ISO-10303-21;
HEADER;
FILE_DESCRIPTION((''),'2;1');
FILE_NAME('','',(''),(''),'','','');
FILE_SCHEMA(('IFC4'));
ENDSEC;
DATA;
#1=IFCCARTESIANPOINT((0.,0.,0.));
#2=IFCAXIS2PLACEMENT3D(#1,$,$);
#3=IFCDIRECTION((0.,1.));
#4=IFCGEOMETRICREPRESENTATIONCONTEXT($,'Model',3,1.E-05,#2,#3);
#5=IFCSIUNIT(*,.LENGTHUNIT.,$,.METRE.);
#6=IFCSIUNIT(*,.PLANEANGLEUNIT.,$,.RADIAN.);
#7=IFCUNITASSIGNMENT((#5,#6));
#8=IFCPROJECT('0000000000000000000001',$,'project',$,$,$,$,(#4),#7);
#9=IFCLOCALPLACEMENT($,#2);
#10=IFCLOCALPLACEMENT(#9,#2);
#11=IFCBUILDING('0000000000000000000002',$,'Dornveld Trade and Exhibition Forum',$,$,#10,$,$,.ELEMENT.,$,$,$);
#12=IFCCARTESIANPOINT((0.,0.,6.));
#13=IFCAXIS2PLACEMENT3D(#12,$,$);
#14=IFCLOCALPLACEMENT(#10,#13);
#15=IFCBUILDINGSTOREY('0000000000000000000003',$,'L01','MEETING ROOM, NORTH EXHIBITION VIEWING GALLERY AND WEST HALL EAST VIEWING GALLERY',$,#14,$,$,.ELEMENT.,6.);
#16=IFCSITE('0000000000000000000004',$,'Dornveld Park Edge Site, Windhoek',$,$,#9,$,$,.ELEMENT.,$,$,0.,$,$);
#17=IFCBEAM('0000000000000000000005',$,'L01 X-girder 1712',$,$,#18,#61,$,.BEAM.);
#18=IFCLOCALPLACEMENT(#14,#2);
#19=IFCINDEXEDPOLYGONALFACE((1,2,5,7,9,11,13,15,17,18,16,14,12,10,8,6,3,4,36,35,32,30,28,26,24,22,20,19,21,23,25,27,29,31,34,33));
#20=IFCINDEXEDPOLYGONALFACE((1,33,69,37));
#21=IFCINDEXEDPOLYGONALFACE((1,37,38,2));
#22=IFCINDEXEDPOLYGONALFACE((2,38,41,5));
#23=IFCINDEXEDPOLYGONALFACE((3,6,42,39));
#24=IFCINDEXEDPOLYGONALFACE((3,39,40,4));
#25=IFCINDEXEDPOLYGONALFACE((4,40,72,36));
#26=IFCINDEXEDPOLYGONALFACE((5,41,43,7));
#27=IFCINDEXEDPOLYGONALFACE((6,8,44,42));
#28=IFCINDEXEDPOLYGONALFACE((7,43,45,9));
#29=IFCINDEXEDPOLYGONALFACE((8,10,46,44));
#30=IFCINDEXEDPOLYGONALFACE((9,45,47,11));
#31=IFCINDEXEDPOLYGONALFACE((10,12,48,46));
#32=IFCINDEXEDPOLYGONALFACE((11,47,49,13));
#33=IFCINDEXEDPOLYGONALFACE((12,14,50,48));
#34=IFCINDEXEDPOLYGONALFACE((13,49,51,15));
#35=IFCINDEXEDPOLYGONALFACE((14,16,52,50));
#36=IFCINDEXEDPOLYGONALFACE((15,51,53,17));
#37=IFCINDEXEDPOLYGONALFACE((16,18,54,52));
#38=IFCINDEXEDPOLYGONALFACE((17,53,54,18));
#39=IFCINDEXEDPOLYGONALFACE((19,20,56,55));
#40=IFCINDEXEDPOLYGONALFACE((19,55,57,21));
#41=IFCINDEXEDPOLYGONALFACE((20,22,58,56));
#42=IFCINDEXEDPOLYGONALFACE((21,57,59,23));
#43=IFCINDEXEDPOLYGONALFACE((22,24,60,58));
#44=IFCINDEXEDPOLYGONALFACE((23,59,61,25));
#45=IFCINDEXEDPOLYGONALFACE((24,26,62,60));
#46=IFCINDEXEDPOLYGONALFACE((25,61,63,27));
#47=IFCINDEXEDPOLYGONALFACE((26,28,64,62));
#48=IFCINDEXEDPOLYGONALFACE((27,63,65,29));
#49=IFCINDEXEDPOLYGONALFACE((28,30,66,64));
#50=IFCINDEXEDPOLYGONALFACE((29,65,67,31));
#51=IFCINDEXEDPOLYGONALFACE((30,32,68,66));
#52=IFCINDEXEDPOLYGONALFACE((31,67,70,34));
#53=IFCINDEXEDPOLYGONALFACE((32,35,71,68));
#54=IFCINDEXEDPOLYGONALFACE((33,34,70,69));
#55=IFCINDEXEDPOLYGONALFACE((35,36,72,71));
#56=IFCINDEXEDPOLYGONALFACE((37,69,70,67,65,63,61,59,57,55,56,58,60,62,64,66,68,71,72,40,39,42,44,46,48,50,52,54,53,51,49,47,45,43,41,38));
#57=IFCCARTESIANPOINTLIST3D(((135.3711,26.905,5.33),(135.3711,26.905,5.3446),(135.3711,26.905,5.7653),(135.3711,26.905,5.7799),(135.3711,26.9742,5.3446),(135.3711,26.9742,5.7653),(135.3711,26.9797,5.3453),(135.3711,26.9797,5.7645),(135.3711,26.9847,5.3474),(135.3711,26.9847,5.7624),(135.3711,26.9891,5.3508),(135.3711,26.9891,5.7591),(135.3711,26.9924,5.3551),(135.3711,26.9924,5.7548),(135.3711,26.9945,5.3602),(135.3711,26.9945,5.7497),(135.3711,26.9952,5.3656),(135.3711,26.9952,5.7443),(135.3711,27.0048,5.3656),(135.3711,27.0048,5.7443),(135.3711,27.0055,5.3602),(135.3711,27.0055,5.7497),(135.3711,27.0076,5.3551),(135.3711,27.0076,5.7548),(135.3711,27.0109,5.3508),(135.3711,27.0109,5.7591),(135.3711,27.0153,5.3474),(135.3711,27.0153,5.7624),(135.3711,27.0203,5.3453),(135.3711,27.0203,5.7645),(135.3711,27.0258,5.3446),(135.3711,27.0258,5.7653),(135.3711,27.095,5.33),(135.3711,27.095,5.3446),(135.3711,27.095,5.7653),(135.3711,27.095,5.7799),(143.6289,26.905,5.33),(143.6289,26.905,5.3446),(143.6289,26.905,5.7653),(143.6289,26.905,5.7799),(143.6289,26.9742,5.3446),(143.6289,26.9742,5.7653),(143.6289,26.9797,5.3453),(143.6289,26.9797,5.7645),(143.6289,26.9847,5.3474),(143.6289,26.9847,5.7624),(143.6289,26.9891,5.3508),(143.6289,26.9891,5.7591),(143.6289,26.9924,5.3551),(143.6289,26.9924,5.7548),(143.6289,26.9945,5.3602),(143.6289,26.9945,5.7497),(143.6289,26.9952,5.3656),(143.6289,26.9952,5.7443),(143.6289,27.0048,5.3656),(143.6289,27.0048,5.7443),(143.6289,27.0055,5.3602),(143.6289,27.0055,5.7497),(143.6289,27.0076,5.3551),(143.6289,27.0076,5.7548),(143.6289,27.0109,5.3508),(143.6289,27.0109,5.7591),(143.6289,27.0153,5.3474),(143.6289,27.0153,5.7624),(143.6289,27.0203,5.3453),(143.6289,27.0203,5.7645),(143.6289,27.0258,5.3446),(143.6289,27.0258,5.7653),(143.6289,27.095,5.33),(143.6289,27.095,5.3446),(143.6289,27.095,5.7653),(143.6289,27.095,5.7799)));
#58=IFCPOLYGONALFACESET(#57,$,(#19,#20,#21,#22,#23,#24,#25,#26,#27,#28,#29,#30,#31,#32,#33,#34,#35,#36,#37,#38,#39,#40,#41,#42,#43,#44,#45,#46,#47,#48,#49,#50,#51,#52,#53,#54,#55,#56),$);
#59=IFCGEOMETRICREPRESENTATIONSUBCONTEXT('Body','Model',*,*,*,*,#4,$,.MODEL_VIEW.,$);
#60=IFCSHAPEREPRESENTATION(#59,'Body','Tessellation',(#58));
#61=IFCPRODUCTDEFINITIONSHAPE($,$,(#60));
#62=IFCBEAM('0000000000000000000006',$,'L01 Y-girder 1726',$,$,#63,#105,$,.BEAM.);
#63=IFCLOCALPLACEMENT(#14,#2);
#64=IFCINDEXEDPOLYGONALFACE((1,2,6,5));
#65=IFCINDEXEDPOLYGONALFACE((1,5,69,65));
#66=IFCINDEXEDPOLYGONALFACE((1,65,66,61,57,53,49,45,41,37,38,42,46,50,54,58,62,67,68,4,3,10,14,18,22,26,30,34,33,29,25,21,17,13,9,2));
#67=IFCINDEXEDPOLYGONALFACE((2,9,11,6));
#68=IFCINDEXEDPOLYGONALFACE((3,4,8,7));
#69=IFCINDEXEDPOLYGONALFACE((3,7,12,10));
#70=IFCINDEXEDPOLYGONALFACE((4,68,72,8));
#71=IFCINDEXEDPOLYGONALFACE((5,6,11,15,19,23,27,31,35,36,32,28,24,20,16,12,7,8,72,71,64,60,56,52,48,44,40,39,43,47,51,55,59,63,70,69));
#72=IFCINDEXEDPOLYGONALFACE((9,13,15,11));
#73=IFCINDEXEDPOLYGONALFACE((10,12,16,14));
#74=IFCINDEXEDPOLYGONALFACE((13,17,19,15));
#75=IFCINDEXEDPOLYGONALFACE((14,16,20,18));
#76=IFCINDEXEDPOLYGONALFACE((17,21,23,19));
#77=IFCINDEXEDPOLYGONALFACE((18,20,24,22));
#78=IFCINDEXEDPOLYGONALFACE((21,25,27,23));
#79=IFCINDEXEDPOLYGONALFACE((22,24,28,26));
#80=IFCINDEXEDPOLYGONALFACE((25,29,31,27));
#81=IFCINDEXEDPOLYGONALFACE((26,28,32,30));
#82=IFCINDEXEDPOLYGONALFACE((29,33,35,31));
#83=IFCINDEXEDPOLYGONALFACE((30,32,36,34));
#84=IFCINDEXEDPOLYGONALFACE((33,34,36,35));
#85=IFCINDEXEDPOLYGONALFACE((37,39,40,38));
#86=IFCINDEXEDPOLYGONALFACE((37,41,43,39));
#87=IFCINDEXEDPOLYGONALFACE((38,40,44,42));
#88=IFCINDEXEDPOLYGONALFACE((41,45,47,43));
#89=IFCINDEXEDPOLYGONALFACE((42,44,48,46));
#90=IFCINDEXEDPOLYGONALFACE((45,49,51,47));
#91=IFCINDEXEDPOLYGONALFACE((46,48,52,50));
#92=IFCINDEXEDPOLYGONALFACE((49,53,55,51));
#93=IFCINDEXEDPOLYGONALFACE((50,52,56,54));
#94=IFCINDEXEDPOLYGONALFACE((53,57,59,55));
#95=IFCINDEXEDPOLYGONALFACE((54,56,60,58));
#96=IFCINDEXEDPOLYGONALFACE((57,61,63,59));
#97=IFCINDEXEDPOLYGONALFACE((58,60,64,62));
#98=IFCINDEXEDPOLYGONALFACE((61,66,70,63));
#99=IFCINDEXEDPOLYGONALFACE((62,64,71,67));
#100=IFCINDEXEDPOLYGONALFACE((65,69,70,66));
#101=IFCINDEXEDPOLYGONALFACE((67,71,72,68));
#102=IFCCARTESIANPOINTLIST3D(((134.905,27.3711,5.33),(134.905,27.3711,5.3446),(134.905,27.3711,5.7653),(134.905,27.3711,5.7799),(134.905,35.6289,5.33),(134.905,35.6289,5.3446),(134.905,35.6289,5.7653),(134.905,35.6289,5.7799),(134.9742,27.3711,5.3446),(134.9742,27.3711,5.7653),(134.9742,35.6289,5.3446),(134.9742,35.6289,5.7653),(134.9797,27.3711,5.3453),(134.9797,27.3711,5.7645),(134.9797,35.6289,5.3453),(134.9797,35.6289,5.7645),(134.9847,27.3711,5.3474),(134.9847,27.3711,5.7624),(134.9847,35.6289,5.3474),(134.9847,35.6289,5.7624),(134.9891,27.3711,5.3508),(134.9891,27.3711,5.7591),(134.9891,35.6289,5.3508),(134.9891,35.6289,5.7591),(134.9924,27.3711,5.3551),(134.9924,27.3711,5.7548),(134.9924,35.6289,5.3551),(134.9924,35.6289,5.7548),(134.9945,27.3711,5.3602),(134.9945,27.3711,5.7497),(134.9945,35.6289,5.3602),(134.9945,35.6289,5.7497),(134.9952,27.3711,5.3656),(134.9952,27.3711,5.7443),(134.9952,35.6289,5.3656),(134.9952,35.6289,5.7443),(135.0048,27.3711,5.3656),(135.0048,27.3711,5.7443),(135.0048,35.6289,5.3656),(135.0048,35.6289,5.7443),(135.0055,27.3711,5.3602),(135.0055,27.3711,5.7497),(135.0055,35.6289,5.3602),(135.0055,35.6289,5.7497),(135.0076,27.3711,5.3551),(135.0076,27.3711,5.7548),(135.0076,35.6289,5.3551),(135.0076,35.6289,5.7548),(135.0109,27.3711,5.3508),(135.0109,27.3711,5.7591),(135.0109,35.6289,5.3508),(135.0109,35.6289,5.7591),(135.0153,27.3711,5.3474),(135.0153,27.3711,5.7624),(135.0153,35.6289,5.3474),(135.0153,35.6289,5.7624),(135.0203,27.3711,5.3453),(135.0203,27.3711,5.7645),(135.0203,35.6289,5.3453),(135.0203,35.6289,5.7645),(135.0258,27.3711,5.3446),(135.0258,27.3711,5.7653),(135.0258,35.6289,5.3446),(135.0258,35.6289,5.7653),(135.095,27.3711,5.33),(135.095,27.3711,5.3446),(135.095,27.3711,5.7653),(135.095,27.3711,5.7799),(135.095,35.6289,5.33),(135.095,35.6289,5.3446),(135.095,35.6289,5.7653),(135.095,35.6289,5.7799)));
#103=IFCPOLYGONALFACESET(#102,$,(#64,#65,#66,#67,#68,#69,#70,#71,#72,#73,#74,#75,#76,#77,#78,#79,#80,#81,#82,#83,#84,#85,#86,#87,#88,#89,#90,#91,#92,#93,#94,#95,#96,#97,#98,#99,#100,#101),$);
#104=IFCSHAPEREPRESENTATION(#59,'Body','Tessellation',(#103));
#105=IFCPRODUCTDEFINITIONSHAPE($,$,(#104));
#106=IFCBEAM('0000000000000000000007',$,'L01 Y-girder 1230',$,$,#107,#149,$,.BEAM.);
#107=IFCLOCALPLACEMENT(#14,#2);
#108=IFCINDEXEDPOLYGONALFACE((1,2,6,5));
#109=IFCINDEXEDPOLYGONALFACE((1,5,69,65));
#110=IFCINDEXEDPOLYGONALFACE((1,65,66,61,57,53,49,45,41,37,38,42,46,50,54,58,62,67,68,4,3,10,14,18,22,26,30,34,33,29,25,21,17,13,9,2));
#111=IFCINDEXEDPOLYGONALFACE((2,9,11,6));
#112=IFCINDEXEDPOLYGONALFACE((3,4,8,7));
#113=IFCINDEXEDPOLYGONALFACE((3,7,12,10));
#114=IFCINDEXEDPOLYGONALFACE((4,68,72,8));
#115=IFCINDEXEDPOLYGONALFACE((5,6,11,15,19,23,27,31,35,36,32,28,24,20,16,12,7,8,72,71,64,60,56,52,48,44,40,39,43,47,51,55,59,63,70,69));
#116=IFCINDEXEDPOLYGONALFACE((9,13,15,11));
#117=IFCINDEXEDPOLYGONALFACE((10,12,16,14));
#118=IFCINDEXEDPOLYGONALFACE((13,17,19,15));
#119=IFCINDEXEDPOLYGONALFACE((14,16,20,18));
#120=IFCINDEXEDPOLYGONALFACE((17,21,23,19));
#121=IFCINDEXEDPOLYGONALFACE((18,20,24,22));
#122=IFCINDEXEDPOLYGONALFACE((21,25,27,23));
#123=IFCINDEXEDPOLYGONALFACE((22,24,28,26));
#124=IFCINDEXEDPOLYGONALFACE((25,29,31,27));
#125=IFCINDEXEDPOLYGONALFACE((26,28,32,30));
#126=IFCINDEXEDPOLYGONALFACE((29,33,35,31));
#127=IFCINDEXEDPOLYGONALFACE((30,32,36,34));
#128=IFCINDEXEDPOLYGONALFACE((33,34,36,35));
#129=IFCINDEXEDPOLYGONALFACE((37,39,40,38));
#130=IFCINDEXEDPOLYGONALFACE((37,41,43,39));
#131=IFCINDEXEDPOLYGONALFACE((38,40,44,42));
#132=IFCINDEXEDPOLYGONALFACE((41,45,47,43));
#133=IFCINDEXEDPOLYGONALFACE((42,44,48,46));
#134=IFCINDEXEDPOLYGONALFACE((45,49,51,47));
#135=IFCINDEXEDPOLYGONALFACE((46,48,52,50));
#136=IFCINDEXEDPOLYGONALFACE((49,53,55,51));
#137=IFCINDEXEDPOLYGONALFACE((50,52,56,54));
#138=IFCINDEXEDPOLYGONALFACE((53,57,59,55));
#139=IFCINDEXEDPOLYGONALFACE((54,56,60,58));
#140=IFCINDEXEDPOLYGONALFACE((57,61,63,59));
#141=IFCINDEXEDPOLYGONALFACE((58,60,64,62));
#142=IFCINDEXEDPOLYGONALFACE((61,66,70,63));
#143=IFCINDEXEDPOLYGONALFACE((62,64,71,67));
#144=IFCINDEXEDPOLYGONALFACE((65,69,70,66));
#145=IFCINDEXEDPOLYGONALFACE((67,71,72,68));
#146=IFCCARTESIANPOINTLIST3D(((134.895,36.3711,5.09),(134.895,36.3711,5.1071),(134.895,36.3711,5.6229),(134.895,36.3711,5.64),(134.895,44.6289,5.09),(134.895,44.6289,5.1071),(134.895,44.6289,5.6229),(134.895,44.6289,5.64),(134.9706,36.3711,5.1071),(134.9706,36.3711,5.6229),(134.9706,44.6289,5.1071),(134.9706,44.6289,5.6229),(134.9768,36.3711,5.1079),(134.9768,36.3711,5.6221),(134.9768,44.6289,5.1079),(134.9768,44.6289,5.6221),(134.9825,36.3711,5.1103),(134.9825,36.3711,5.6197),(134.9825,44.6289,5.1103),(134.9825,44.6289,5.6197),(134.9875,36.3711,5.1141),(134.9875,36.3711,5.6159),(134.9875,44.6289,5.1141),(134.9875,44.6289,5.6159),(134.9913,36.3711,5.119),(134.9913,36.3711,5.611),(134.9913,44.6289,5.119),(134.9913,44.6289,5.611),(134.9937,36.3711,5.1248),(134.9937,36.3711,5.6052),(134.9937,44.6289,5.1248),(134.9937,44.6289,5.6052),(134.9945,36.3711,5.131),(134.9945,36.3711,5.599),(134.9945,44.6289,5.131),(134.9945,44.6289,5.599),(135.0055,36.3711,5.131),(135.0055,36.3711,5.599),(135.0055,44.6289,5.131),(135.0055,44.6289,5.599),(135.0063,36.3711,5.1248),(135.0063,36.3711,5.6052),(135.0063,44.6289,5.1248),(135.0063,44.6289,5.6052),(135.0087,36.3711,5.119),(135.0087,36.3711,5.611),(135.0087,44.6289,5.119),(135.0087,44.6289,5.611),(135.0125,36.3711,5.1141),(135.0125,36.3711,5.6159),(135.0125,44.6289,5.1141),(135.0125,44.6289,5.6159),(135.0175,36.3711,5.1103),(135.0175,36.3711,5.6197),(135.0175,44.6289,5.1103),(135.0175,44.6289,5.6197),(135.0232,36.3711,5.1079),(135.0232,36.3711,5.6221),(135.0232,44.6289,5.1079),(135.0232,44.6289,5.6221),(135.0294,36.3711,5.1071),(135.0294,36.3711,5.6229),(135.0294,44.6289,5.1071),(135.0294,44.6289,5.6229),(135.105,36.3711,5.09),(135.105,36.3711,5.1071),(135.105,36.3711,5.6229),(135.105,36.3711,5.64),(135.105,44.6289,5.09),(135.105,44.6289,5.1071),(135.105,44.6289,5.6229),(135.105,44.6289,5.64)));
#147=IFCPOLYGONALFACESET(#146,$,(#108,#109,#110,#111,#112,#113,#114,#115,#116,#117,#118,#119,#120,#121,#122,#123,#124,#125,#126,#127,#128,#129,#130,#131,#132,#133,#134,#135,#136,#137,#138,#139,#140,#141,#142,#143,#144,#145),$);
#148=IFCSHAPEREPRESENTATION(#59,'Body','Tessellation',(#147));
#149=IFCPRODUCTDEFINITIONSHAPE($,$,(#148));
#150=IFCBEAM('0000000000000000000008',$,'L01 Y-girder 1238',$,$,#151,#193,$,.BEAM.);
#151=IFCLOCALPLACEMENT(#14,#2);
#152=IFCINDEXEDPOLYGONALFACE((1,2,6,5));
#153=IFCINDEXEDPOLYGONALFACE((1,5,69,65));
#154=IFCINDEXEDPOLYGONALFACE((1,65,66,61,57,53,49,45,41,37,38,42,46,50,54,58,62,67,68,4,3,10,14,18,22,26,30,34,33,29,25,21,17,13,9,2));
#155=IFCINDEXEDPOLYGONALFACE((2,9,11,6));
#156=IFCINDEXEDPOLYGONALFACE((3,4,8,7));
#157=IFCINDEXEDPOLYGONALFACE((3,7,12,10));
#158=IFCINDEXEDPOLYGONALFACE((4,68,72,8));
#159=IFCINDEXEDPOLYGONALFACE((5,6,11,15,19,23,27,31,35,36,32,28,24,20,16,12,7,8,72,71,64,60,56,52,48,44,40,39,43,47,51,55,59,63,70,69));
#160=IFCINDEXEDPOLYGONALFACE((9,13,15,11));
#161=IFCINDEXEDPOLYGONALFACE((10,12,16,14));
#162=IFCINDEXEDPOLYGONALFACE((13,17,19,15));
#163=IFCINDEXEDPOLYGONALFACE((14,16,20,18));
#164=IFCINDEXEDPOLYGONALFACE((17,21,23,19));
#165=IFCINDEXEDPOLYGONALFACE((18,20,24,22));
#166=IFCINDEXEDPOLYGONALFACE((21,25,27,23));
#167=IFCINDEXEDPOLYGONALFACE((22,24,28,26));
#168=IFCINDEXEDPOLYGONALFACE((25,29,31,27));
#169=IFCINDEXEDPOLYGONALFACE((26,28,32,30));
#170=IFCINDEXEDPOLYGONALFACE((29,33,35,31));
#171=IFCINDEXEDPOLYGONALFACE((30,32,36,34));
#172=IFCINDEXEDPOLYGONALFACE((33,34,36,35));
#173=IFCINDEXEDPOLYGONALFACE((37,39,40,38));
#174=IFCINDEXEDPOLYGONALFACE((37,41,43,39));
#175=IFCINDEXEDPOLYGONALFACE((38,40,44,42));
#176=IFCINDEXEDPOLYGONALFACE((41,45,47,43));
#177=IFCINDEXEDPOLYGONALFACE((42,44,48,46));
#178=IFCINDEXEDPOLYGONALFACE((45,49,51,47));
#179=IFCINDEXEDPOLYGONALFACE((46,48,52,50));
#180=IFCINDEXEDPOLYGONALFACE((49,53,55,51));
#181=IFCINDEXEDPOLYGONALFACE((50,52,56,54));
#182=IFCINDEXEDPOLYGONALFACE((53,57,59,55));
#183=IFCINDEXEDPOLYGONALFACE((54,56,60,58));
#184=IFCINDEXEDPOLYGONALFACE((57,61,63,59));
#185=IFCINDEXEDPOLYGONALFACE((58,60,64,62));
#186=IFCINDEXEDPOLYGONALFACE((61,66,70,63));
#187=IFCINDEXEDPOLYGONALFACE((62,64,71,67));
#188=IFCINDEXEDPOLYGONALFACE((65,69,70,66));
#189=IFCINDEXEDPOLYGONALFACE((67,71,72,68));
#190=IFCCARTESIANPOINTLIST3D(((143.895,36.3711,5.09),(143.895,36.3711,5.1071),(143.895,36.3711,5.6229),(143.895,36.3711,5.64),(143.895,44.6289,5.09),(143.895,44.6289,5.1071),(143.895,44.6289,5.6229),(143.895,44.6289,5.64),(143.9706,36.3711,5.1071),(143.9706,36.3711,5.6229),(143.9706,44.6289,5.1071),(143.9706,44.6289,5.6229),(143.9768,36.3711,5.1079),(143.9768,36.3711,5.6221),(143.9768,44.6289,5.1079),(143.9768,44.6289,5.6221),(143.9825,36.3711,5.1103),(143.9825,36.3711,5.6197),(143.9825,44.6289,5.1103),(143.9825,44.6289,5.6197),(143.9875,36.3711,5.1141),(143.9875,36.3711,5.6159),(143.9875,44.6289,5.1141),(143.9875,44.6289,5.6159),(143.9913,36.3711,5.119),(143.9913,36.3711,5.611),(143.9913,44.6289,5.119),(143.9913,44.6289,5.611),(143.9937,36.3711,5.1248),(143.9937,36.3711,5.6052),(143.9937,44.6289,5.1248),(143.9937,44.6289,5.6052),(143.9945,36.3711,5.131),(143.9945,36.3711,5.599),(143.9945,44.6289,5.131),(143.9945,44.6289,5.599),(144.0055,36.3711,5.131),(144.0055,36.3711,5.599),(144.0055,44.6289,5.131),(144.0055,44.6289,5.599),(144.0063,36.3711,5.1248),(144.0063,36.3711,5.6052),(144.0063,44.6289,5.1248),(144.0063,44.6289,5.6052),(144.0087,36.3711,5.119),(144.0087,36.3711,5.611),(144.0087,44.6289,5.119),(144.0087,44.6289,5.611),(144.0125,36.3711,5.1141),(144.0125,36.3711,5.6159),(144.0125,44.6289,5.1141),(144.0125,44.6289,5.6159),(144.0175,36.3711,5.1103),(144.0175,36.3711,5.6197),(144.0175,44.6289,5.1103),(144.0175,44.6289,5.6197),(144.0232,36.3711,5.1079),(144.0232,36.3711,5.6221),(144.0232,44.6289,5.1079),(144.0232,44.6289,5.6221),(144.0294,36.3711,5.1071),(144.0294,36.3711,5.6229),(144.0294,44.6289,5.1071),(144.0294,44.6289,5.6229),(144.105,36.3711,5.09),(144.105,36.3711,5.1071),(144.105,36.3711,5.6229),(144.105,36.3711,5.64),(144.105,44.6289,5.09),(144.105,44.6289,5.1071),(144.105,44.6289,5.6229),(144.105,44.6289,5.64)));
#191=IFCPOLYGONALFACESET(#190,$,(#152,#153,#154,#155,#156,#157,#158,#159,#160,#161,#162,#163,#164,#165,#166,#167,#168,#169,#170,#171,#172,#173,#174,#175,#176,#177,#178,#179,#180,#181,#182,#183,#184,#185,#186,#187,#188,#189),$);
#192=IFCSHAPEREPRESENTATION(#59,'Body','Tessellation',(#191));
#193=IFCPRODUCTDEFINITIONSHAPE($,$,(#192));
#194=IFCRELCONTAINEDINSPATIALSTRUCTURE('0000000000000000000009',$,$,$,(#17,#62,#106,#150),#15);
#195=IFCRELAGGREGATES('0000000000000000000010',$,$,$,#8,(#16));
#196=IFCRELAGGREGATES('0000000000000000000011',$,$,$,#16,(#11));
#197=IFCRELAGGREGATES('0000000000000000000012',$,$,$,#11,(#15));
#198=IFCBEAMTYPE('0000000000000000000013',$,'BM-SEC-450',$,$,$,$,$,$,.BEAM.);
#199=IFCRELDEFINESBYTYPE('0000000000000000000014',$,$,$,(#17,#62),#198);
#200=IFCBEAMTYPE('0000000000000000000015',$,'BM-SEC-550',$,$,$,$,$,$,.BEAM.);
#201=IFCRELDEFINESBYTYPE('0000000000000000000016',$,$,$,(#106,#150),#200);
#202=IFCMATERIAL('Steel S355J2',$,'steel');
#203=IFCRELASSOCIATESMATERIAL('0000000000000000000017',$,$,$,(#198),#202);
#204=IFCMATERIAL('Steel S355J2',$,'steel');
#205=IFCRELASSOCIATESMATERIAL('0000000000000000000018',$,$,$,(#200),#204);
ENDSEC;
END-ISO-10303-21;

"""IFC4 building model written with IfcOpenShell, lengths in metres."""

from ifc_helpers import new_model, si_unit, direction, frame, origin, origin_2d, place, context, subcontext, project, spatial, i_section, extrude, material, material_profile, profile_set, type_object, element, save


model = new_model("IFC4")

# Units and contexts
model_context = context("Model", 3, precision=1e-05, world=origin(), true_north=direction((0.0, 1.0)))
body_context = subcontext(model_context, "Body", "Model", "MODEL_VIEW")
ifc_project = project(units=[si_unit("LENGTHUNIT", "METRE"), si_unit("PLANEANGLEUNIT", "RADIAN")], contexts=[model_context])

# Site, building, storey
site_placement = place(None, origin())
site = spatial("IfcSite", under=ifc_project, at=site_placement, Name="Dornveld Park Edge Site, Windhoek", CompositionType="ELEMENT", RefElevation=0.0)
building_placement = place(site_placement, origin())
building = spatial("IfcBuilding", under=site, at=building_placement, Name="Dornveld Trade and Exhibition Forum", CompositionType="ELEMENT")
storey_placement = place(building_placement, frame((0.0, 0.0, 6.0)))
storey = spatial("IfcBuildingStorey", under=building, at=storey_placement, Name="L01", Description="MEETING ROOM, NORTH EXHIBITION VIEWING GALLERY AND WEST HALL EAST VIEWING GALLERY", CompositionType="ELEMENT", Elevation=6.0)

# Beams
ifc_material_1 = material(Name="Steel S355J2", Category="steel")
ifc_material_profile_1 = material_profile(ifc_material_1, i_section(OverallWidth=0.1899, OverallDepth=0.45, WebThickness=0.0095, FlangeThickness=0.0146, FilletRadius=0.021, at=origin_2d()), Name="IPE 450")
ifc_profile_set_1 = profile_set([ifc_material_profile_1], Name="Steel S355J2")
beam_type_1 = type_object("IfcBeamType", Name="BM-SEC-450", PredefinedType="BEAM", material=ifc_profile_set_1)
for number, where, z_axis, x_axis, name in (
    (1, (135.3711, 27.0, 5.5549), (1.0, 0.0, 0.0), (0.0, 1.0, 0.0), "L01 X-girder 1712"),
    (2, (135.0, 27.3711, 5.5549), (0.0, 1.0, 0.0), (-1.0, 0.0, 0.0), "L01 Y-girder 1726"),
):
    element("IfcBeam", number, at=place(storey_placement, frame(where, z_axis=z_axis, x_axis=x_axis)), inside=storey, type_object=beam_type_1, Name=name, PredefinedType="BEAM", context=body_context, shape_type="SweptSolid", body=[
        extrude(i_section(OverallWidth=0.1899, OverallDepth=0.45, WebThickness=0.0095, FlangeThickness=0.0146, FilletRadius=0.021, at=origin_2d()), origin(), (0.0, 0.0, 1.0), 8.2578),
    ])
ifc_material_2 = material(Name="Steel S355J2", Category="steel")
ifc_material_profile_2 = material_profile(ifc_material_2, i_section(OverallWidth=0.21, OverallDepth=0.55, WebThickness=0.011, FlangeThickness=0.0171, FilletRadius=0.0239, at=origin_2d()), Name="IPE 550")
ifc_profile_set_2 = profile_set([ifc_material_profile_2], Name="Steel S355J2")
beam_type_2 = type_object("IfcBeamType", Name="BM-SEC-550", PredefinedType="BEAM", material=ifc_profile_set_2)
for number, where, z_axis, x_axis, name in (
    (3, (135.0, 36.3711, 5.365), (0.0, 1.0, 0.0), (-1.0, 0.0, 0.0), "L01 Y-girder 1230"),
    (4, (144.0, 36.3711, 5.365), (0.0, 1.0, 0.0), (-1.0, 0.0, 0.0), "L01 Y-girder 1238"),
):
    element("IfcBeam", number, at=place(storey_placement, frame(where, z_axis=z_axis, x_axis=x_axis)), inside=storey, type_object=beam_type_2, Name=name, PredefinedType="BEAM", context=body_context, shape_type="SweptSolid", body=[
        extrude(i_section(OverallWidth=0.21, OverallDepth=0.55, WebThickness=0.011, FlangeThickness=0.0171, FilletRadius=0.0239, at=origin_2d()), origin(), (0.0, 0.0, 1.0), 8.2578),
    ])

save(model, "model.ifc")
